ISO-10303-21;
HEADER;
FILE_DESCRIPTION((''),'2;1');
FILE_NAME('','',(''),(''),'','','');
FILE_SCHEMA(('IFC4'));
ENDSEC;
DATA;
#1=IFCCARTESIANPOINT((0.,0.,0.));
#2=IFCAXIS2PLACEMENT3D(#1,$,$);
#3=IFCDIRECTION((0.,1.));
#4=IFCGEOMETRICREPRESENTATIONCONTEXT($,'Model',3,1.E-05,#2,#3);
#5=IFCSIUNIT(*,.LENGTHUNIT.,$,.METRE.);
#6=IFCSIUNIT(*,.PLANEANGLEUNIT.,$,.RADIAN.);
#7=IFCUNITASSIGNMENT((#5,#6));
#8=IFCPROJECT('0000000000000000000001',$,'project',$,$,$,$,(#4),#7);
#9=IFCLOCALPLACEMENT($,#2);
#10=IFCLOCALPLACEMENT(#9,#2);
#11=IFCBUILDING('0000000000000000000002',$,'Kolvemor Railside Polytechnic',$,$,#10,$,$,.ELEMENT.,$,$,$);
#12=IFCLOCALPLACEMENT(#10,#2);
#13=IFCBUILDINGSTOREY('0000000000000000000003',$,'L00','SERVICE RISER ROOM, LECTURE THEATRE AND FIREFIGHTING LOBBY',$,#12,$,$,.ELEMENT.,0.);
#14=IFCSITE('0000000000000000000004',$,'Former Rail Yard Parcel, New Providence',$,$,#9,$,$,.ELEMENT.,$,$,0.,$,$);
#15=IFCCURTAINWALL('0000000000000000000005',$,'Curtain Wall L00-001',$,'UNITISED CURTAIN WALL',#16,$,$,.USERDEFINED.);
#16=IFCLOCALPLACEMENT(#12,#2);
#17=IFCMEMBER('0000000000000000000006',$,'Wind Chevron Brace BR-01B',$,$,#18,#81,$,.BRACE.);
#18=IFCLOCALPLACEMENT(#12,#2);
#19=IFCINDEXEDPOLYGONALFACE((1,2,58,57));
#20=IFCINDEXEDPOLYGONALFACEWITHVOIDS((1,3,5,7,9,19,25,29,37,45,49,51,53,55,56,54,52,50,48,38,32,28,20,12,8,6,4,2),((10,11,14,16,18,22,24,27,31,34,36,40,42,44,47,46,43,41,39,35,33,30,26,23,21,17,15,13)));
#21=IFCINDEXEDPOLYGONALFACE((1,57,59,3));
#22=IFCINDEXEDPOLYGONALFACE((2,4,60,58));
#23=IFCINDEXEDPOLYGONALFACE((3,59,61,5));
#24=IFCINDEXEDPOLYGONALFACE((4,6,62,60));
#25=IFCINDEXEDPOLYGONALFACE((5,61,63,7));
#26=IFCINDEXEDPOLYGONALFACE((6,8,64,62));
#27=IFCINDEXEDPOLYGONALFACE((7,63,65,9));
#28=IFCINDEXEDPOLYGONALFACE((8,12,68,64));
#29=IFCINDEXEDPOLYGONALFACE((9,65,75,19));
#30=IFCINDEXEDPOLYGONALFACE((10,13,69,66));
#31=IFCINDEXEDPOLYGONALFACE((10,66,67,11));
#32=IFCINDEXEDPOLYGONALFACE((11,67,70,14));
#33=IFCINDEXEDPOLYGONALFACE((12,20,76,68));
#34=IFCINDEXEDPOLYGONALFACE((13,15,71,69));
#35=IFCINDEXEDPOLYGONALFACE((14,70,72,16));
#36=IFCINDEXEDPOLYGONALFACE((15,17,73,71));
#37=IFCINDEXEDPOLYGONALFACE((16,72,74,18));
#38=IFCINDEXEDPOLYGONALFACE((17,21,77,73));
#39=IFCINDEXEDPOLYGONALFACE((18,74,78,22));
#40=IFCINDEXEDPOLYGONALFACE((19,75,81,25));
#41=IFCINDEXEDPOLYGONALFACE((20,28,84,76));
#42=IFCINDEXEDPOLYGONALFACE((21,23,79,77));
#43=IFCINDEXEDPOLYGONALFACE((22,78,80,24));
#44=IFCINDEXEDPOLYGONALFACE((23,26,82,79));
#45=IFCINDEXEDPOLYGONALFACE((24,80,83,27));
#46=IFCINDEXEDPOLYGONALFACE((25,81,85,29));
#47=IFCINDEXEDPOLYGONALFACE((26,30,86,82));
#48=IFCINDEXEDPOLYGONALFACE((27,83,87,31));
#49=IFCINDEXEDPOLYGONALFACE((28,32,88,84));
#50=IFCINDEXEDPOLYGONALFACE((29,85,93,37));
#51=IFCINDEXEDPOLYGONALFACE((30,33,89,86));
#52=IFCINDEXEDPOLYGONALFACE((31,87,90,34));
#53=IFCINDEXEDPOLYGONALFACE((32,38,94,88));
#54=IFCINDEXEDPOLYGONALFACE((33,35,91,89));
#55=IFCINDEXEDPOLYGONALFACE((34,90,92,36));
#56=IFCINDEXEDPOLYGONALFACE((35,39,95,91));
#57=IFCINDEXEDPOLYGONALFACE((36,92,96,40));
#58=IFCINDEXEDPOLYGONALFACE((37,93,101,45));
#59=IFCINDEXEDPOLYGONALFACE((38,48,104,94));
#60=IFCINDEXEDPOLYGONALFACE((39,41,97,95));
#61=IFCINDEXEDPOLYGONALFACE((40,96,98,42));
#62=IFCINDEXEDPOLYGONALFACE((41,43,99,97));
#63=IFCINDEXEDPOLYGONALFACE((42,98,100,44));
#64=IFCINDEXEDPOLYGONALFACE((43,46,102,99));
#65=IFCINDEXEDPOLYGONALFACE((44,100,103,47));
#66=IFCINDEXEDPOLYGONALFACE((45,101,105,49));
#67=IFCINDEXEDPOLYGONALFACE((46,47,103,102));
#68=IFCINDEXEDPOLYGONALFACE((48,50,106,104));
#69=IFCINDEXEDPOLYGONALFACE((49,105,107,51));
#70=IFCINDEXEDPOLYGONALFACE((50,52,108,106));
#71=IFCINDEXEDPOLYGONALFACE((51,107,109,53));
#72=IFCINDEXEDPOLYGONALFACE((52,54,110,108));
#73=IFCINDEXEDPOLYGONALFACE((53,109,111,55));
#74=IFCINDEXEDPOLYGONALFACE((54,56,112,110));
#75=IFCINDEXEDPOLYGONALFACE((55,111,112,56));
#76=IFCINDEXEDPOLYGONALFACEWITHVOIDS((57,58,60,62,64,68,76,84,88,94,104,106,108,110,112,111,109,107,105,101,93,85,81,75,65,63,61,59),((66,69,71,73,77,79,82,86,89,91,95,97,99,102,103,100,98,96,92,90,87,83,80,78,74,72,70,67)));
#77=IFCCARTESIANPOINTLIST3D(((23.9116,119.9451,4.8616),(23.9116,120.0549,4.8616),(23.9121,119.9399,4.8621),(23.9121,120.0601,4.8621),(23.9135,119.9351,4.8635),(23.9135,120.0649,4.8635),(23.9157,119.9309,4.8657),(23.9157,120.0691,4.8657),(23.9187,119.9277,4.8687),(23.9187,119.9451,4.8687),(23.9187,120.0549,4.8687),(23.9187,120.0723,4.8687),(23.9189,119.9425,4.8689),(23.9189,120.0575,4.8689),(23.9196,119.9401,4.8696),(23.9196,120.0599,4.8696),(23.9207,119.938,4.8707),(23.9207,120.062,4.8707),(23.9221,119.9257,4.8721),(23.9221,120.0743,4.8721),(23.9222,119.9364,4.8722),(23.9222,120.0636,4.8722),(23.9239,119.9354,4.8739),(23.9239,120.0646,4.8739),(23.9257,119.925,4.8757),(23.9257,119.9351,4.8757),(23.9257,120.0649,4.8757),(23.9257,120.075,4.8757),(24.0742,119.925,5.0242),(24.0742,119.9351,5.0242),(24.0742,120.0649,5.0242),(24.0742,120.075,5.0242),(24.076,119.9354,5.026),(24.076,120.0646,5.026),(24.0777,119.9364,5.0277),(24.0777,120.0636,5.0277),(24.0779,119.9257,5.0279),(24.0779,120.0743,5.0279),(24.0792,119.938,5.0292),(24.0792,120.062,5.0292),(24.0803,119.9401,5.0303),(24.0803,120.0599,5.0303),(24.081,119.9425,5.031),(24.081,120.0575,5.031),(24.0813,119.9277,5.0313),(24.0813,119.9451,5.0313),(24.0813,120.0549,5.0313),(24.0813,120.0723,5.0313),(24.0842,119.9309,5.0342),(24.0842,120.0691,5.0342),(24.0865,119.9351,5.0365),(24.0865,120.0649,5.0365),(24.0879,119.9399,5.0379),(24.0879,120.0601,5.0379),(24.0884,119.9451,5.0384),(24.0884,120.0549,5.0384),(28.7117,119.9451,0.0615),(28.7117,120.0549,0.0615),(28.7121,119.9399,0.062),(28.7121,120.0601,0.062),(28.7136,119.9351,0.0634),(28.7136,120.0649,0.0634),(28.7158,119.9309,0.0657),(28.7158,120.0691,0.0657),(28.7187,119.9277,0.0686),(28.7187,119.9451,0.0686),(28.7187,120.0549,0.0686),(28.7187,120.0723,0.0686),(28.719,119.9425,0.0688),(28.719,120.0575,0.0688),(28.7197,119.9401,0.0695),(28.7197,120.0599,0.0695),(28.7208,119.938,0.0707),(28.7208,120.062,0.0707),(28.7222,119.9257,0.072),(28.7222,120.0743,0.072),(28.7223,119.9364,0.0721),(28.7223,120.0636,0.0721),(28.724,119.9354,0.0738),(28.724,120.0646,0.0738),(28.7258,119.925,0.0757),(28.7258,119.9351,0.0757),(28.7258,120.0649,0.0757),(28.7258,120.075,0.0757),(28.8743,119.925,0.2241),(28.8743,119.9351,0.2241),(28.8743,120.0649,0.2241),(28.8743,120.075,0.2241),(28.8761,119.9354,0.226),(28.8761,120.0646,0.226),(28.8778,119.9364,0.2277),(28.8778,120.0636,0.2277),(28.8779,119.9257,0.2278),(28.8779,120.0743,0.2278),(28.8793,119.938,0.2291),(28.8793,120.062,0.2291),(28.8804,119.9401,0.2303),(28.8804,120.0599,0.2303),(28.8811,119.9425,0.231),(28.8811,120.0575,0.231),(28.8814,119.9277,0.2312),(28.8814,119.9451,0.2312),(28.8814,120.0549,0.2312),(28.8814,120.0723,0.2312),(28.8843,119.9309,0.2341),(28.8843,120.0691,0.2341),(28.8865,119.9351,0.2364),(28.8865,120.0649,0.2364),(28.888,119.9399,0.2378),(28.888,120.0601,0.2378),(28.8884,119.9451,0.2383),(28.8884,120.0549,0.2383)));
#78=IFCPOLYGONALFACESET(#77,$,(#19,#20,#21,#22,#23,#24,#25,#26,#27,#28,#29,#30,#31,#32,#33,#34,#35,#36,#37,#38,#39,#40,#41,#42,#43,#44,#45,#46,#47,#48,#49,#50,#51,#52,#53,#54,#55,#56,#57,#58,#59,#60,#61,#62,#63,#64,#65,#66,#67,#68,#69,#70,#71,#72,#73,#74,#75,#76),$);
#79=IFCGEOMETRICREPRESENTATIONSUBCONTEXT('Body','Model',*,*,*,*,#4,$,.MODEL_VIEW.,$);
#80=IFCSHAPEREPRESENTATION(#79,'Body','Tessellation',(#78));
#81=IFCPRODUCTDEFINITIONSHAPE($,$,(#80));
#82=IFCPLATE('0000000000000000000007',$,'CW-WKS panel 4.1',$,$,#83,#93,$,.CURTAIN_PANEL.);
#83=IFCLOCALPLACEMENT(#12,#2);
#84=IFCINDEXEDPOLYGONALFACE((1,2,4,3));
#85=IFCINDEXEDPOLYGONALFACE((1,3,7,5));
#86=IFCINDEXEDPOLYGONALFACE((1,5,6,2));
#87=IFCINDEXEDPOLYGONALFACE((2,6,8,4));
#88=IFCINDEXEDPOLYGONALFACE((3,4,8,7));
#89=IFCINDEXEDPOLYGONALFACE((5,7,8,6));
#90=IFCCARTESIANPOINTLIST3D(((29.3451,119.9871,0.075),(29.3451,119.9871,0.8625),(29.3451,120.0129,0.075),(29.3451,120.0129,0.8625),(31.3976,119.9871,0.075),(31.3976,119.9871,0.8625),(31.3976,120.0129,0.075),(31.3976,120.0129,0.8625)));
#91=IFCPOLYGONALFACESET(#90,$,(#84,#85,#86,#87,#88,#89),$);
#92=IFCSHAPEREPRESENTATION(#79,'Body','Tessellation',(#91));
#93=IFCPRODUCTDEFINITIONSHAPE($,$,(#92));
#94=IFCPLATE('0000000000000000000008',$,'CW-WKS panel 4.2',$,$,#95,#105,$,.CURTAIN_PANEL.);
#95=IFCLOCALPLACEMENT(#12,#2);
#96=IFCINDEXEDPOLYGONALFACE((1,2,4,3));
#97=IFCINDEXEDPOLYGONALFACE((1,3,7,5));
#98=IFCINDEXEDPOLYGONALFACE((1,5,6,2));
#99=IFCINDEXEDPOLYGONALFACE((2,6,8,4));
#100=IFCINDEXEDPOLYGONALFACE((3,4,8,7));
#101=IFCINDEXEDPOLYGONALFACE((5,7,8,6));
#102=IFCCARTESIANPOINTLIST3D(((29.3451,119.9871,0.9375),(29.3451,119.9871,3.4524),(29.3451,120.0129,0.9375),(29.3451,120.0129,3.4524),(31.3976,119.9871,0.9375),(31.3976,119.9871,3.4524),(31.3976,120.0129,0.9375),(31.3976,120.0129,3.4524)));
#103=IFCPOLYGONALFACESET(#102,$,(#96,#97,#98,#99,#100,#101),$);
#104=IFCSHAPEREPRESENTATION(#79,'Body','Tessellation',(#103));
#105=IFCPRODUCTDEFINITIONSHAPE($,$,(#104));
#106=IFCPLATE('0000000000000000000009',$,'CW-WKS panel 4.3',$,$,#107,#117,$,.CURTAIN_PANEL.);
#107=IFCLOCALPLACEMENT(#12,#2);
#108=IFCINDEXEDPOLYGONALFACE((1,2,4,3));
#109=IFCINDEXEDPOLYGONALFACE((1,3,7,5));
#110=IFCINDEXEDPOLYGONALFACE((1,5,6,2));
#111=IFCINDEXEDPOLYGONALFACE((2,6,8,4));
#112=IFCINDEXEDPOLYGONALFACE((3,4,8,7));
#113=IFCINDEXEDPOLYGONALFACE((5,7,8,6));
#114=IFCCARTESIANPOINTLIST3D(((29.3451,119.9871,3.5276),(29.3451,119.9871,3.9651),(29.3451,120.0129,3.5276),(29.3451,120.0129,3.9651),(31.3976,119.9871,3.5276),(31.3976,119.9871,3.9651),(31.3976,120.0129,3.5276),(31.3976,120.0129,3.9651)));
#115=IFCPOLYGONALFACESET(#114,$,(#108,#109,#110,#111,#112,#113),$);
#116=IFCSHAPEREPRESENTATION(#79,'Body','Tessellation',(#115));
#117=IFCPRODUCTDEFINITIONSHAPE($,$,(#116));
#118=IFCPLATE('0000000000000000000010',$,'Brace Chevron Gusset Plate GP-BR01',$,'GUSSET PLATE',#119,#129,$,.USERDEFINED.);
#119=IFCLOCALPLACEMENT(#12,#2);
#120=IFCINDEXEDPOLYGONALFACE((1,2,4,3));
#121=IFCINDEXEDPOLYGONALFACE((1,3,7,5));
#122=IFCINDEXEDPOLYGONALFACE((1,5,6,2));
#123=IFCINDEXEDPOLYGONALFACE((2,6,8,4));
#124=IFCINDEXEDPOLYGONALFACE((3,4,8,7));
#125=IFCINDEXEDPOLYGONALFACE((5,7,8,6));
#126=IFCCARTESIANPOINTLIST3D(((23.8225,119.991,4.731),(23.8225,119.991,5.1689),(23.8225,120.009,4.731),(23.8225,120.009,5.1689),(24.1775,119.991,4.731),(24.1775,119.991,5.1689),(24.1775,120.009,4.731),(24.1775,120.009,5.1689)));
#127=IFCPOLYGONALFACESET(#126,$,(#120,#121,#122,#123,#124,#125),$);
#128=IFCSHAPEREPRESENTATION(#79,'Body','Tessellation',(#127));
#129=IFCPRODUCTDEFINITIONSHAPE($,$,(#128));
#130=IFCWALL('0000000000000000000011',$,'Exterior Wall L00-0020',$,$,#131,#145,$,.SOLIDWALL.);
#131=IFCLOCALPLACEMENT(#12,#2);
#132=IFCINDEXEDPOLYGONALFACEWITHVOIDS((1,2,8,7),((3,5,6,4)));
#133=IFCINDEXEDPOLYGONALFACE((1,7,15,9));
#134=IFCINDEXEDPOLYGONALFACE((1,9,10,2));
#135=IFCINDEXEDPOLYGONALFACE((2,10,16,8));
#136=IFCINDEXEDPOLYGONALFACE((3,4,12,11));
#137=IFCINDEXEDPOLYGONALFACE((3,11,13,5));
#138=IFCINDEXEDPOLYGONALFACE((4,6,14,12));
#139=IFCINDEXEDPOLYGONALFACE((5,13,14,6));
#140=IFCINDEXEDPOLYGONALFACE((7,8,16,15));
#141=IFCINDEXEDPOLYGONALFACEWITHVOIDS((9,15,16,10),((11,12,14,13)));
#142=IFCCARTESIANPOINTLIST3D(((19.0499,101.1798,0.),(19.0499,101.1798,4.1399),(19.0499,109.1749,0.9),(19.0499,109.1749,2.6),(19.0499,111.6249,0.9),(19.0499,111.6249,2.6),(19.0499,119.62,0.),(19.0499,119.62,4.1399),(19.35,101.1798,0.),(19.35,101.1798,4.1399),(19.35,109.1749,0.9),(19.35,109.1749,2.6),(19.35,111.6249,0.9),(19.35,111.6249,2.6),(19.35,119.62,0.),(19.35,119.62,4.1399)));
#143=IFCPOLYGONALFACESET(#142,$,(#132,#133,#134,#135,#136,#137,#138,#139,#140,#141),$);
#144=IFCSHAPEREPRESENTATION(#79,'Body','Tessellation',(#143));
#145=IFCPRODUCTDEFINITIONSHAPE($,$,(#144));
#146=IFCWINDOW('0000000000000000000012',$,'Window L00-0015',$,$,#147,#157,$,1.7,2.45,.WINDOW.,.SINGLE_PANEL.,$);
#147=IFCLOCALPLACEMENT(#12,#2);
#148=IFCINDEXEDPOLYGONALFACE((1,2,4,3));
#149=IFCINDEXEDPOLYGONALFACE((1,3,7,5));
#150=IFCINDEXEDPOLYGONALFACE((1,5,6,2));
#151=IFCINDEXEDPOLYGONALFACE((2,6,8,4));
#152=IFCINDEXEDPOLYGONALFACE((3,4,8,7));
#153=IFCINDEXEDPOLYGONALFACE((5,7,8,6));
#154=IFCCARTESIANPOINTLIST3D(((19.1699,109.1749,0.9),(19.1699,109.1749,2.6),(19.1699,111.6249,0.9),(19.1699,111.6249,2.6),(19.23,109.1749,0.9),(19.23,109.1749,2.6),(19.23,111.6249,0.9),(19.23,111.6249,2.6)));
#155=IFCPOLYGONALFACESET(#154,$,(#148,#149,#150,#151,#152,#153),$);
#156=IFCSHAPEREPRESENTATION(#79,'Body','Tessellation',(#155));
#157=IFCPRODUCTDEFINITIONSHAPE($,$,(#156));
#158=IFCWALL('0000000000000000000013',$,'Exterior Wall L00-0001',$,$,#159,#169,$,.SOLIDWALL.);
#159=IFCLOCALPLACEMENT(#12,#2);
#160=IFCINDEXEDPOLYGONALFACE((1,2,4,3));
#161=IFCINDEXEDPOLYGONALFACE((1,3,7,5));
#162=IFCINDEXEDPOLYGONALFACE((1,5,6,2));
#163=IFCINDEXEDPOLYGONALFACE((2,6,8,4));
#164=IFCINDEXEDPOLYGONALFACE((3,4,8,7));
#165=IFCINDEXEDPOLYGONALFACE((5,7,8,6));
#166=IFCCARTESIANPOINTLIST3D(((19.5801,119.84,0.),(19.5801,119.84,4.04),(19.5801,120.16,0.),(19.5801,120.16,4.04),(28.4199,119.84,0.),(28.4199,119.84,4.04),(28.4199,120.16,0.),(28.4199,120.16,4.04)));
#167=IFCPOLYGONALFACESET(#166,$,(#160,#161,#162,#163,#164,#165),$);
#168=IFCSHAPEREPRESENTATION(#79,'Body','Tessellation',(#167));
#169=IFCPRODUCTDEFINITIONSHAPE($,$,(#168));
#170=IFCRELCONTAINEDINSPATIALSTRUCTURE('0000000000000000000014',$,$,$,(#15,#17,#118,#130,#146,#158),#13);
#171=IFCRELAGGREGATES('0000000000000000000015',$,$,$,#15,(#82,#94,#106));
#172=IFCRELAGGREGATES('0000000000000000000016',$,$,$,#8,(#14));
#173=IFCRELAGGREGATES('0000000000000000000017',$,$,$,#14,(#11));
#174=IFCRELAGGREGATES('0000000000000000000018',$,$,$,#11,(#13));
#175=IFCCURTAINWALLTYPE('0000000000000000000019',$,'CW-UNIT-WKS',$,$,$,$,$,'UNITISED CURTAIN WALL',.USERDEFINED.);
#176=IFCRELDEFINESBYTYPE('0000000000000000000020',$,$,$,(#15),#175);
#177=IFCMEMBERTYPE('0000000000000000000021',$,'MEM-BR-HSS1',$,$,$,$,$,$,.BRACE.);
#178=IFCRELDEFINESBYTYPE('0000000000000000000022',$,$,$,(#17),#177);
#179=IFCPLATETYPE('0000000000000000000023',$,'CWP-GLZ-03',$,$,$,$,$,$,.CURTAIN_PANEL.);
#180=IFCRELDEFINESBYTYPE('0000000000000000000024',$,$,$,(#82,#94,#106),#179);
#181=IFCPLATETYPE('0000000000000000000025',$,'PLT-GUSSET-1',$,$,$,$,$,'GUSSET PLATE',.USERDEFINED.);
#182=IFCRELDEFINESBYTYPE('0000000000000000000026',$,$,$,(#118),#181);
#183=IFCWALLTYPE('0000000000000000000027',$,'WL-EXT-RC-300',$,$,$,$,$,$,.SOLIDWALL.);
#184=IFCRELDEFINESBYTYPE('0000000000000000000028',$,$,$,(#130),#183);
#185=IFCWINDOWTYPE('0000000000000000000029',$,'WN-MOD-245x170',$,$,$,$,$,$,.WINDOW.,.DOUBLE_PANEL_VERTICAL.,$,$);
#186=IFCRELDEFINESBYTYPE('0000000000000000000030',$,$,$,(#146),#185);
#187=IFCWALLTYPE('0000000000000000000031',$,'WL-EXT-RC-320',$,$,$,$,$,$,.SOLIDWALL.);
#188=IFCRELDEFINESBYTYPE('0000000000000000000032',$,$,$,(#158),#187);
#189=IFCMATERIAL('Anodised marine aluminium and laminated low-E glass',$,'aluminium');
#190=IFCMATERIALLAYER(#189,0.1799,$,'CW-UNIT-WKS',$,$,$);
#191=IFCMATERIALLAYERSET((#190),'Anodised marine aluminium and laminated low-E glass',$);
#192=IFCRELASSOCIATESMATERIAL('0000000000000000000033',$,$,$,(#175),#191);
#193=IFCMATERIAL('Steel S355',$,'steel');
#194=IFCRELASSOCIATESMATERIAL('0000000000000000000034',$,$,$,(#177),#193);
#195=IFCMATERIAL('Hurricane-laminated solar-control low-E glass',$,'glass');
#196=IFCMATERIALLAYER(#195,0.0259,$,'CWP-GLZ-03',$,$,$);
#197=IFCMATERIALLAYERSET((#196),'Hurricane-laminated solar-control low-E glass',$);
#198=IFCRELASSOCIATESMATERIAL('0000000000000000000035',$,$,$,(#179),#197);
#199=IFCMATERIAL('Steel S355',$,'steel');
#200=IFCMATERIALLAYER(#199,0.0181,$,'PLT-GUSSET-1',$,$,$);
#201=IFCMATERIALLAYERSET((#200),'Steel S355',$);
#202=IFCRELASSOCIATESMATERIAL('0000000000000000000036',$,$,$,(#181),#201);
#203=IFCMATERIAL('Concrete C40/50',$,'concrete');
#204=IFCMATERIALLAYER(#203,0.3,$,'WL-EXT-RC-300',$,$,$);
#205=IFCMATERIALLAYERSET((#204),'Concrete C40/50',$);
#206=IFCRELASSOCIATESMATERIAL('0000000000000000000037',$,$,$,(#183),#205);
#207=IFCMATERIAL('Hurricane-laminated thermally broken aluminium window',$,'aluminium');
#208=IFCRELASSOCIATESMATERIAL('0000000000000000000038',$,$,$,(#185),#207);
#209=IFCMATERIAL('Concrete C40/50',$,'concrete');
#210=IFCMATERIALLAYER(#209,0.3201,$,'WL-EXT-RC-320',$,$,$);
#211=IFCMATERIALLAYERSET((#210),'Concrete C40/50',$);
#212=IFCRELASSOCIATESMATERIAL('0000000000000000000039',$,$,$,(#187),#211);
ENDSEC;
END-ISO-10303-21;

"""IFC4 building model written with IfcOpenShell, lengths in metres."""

from ifc_helpers import new_model, si_unit, direction, frame, frame_2d, origin, origin_2d, place, context, subcontext, project, spatial, rectangle, hollow_rectangle, extrude, material, layer, layer_set, material_profile, profile_set, type_object, element, fill, aggregate, save


model = new_model("IFC4")

# Units and contexts
model_context = context("Model", 3, precision=1e-05, world=origin(), true_north=direction((0.0, 1.0)))
body_context = subcontext(model_context, "Body", "Model", "MODEL_VIEW")
ifc_project = project(units=[si_unit("LENGTHUNIT", "METRE"), si_unit("PLANEANGLEUNIT", "RADIAN")], contexts=[model_context])

# Site, building, storey
site_placement = place(None, origin())
site = spatial("IfcSite", under=ifc_project, at=site_placement, Name="Former Rail Yard Parcel, New Providence", CompositionType="ELEMENT", RefElevation=0.0)
building_placement = place(site_placement, origin())
building = spatial("IfcBuilding", under=site, at=building_placement, Name="Kolvemor Railside Polytechnic", CompositionType="ELEMENT")
storey_placement = place(building_placement, origin())
storey = spatial("IfcBuildingStorey", under=building, at=storey_placement, Name="L00", Description="SERVICE RISER ROOM, LECTURE THEATRE AND FIREFIGHTING LOBBY", CompositionType="ELEMENT", Elevation=0.0)

# Curtain wall
ifc_material_1 = material(Name="Anodised marine aluminium and laminated low-E glass", Category="aluminium")
ifc_layer_1 = layer(ifc_material_1, 0.1799, Name="CW-UNIT-WKS")
ifc_layer_set_1 = layer_set([ifc_layer_1], Name="Anodised marine aluminium and laminated low-E glass")
curtain_wall_type = type_object("IfcCurtainWallType", Name="CW-UNIT-WKS", ElementType="UNITISED CURTAIN WALL", PredefinedType="USERDEFINED", material=ifc_layer_set_1)
curtain_wall_placement = place(storey_placement, origin())
curtain_wall = element("IfcCurtainWall", 1, at=curtain_wall_placement, inside=storey, type_object=curtain_wall_type, Name="Curtain Wall L00-001", ObjectType="UNITISED CURTAIN WALL", PredefinedType="USERDEFINED")

# Member
ifc_material_2 = material(Name="Steel S355", Category="steel")
ifc_material_profile_1 = material_profile(ifc_material_2, hollow_rectangle(XDim=0.1499, YDim=0.25, WallThickness=0.01, InnerFilletRadius=0.01, OuterFilletRadius=0.02, at=origin_2d()), Name="HSS250x150x10")
ifc_profile_set_1 = profile_set([ifc_material_profile_1], Name="Steel S355")
member_type_1 = type_object("IfcMemberType", Name="MEM-BR-HSS1", PredefinedType="BRACE", material=ifc_profile_set_1)
for number, where, z_axis, x_axis, name in (
    (2, (28.8, 120.0, 0.1499), (-0.707107, 0.0, 0.707107), (0.0, -1.0, 0.0), "Wind Chevron Brace BR-01B"),
):
    element("IfcMember", number, at=place(storey_placement, frame(where, z_axis=z_axis, x_axis=x_axis)), inside=storey, type_object=member_type_1, Name=name, PredefinedType="BRACE", context=body_context, shape_type="SweptSolid", body=[
        extrude(hollow_rectangle(XDim=0.1499, YDim=0.25, WallThickness=0.01, InnerFilletRadius=0.01, OuterFilletRadius=0.02, at=origin_2d()), origin(), (0.0, 0.0, 1.0), 6.7883),
    ])

# Plates
ifc_material_3 = material(Name="Hurricane-laminated solar-control low-E glass", Category="glass")
ifc_layer_2 = layer(ifc_material_3, 0.0259, Name="CWP-GLZ-03")
ifc_layer_set_2 = layer_set([ifc_layer_2], Name="Hurricane-laminated solar-control low-E glass")
plate_type_1 = type_object("IfcPlateType", Name="CWP-GLZ-03", PredefinedType="CURTAIN_PANEL", material=ifc_layer_set_2)
plate_1_placement = place(storey_placement, frame((30.3713, 120.0, 0.075), z_axis=(0.0, 0.0, 1.0), x_axis=(-1.0, 0.0, 0.0)))
plate_1 = element("IfcPlate", 3, at=plate_1_placement, type_object=plate_type_1, Name="CW-WKS panel 4.1", PredefinedType="CURTAIN_PANEL", context=body_context, shape_type="SweptSolid", body=[
    extrude(rectangle(XDim=2.0525, YDim=0.0259, at=origin_2d()), origin(), (0.0, 0.0, 1.0), 0.7876),
])
plate_2_placement = place(storey_placement, frame((30.3713, 120.0, 0.9375), z_axis=(0.0, 0.0, 1.0), x_axis=(-1.0, 0.0, 0.0)))
plate_2 = element("IfcPlate", 4, at=plate_2_placement, type_object=plate_type_1, Name="CW-WKS panel 4.2", PredefinedType="CURTAIN_PANEL", context=body_context, shape_type="SweptSolid", body=[
    extrude(rectangle(XDim=2.0525, YDim=0.0259, at=origin_2d()), origin(), (0.0, 0.0, 1.0), 2.5149),
])
plate_3_placement = place(storey_placement, frame((30.3713, 120.0, 3.5276), z_axis=(0.0, 0.0, 1.0), x_axis=(-1.0, 0.0, 0.0)))
plate_3 = element("IfcPlate", 5, at=plate_3_placement, type_object=plate_type_1, Name="CW-WKS panel 4.3", PredefinedType="CURTAIN_PANEL", context=body_context, shape_type="SweptSolid", body=[
    extrude(rectangle(XDim=2.0525, YDim=0.0259, at=origin_2d()), origin(), (0.0, 0.0, 1.0), 0.4375),
])
aggregate(curtain_wall, [plate_1, plate_2, plate_3])
ifc_material_4 = material(Name="Steel S355", Category="steel")
ifc_layer_3 = layer(ifc_material_4, 0.0181, Name="PLT-GUSSET-1")
ifc_layer_set_3 = layer_set([ifc_layer_3], Name="Steel S355")
plate_type_2 = type_object("IfcPlateType", Name="PLT-GUSSET-1", ElementType="GUSSET PLATE", PredefinedType="USERDEFINED", material=ifc_layer_set_3)
plate_4_placement = place(storey_placement, frame((24.0, 120.0, 4.731), z_axis=(0.0, 0.0, 1.0), x_axis=(1.0, 0.0, 0.0)))
element("IfcPlate", 6, at=plate_4_placement, inside=storey, type_object=plate_type_2, Name="Brace Chevron Gusset Plate GP-BR01", ObjectType="GUSSET PLATE", PredefinedType="USERDEFINED", context=body_context, shape_type="SweptSolid", body=[
    extrude(rectangle(XDim=0.355, YDim=0.0181, at=origin_2d()), origin(), (0.0, 0.0, 1.0), 0.438),
])

# Wall, opening, window
ifc_material_5 = material(Name="Concrete C40/50", Category="concrete")
ifc_layer_4 = layer(ifc_material_5, 0.3, Name="WL-EXT-RC-300")
ifc_layer_set_4 = layer_set([ifc_layer_4], Name="Concrete C40/50")
wall_type_1 = type_object("IfcWallType", Name="WL-EXT-RC-300", PredefinedType="SOLIDWALL", material=ifc_layer_set_4)
wall_1_placement = place(storey_placement, frame((19.2, 119.6201, 0.0), z_axis=(0.0, 0.0, 1.0), x_axis=(0.0, -1.0, 0.0)))
wall_1 = element("IfcWall", 7, at=wall_1_placement, inside=storey, type_object=wall_type_1, Name="Exterior Wall L00-0020", PredefinedType="SOLIDWALL", context=body_context, shape_type="SweptSolid", body=[
    extrude(rectangle(XDim=18.4402, YDim=0.3, at=frame_2d((9.2202, 0.0))), origin(), (0.0, 0.0, 1.0), 4.1399),
])
opening_1_placement = place(wall_1_placement, frame((7.9951, 0.0, 0.8999)))
opening_1 = element("IfcOpeningElement", 8, at=opening_1_placement, cuts=wall_1, PredefinedType="OPENING", context=body_context, shape_type="SweptSolid", body=[
    extrude(rectangle(XDim=2.45, YDim=1.7, at=frame_2d((1.2251, 0.8501))), frame((0.0, 0.1599, 0.0), z_axis=(0.0, -1.0, 0.0), x_axis=(1.0, 0.0, 0.0)), (0.0, 0.0, 1.0), 0.3201),
])
ifc_material_6 = material(Name="Hurricane-laminated thermally broken aluminium window", Category="aluminium")
window_type = type_object("IfcWindowType", Name="WN-MOD-245x170", PartitioningType="DOUBLE_PANEL_VERTICAL", PredefinedType="WINDOW", material=ifc_material_6)
window_placement = place(opening_1_placement, origin())
window = element("IfcWindow", 9, at=window_placement, inside=storey, type_object=window_type, Name="Window L00-0015", OverallHeight=1.7, OverallWidth=2.45, PartitioningType="SINGLE_PANEL", PredefinedType="WINDOW", context=body_context, shape_type="SweptSolid", body=[
    extrude(rectangle(XDim=2.45, YDim=1.7, at=frame_2d((1.2251, 0.8501))), frame((0.0, 0.03, 0.0), z_axis=(0.0, -1.0, 0.0), x_axis=(1.0, 0.0, 0.0)), (0.0, 0.0, 1.0), 0.0601),
])
fill(opening_1, window)

# Wall
ifc_material_7 = material(Name="Concrete C40/50", Category="concrete")
ifc_layer_5 = layer(ifc_material_7, 0.3201, Name="WL-EXT-RC-320")
ifc_layer_set_5 = layer_set([ifc_layer_5], Name="Concrete C40/50")
wall_type_2 = type_object("IfcWallType", Name="WL-EXT-RC-320", PredefinedType="SOLIDWALL", material=ifc_layer_set_5)
wall_2_placement = place(storey_placement, frame((28.4199, 120.0, 0.0), z_axis=(0.0, 0.0, 1.0), x_axis=(-1.0, 0.0, 0.0)))
element("IfcWall", 10, at=wall_2_placement, inside=storey, type_object=wall_type_2, Name="Exterior Wall L00-0001", PredefinedType="SOLIDWALL", context=body_context, shape_type="SweptSolid", body=[
    extrude(rectangle(XDim=8.8398, YDim=0.3201, at=frame_2d((4.4199, 0.0))), origin(), (0.0, 0.0, 1.0), 4.04),
])

save(model, "model.ifc")
